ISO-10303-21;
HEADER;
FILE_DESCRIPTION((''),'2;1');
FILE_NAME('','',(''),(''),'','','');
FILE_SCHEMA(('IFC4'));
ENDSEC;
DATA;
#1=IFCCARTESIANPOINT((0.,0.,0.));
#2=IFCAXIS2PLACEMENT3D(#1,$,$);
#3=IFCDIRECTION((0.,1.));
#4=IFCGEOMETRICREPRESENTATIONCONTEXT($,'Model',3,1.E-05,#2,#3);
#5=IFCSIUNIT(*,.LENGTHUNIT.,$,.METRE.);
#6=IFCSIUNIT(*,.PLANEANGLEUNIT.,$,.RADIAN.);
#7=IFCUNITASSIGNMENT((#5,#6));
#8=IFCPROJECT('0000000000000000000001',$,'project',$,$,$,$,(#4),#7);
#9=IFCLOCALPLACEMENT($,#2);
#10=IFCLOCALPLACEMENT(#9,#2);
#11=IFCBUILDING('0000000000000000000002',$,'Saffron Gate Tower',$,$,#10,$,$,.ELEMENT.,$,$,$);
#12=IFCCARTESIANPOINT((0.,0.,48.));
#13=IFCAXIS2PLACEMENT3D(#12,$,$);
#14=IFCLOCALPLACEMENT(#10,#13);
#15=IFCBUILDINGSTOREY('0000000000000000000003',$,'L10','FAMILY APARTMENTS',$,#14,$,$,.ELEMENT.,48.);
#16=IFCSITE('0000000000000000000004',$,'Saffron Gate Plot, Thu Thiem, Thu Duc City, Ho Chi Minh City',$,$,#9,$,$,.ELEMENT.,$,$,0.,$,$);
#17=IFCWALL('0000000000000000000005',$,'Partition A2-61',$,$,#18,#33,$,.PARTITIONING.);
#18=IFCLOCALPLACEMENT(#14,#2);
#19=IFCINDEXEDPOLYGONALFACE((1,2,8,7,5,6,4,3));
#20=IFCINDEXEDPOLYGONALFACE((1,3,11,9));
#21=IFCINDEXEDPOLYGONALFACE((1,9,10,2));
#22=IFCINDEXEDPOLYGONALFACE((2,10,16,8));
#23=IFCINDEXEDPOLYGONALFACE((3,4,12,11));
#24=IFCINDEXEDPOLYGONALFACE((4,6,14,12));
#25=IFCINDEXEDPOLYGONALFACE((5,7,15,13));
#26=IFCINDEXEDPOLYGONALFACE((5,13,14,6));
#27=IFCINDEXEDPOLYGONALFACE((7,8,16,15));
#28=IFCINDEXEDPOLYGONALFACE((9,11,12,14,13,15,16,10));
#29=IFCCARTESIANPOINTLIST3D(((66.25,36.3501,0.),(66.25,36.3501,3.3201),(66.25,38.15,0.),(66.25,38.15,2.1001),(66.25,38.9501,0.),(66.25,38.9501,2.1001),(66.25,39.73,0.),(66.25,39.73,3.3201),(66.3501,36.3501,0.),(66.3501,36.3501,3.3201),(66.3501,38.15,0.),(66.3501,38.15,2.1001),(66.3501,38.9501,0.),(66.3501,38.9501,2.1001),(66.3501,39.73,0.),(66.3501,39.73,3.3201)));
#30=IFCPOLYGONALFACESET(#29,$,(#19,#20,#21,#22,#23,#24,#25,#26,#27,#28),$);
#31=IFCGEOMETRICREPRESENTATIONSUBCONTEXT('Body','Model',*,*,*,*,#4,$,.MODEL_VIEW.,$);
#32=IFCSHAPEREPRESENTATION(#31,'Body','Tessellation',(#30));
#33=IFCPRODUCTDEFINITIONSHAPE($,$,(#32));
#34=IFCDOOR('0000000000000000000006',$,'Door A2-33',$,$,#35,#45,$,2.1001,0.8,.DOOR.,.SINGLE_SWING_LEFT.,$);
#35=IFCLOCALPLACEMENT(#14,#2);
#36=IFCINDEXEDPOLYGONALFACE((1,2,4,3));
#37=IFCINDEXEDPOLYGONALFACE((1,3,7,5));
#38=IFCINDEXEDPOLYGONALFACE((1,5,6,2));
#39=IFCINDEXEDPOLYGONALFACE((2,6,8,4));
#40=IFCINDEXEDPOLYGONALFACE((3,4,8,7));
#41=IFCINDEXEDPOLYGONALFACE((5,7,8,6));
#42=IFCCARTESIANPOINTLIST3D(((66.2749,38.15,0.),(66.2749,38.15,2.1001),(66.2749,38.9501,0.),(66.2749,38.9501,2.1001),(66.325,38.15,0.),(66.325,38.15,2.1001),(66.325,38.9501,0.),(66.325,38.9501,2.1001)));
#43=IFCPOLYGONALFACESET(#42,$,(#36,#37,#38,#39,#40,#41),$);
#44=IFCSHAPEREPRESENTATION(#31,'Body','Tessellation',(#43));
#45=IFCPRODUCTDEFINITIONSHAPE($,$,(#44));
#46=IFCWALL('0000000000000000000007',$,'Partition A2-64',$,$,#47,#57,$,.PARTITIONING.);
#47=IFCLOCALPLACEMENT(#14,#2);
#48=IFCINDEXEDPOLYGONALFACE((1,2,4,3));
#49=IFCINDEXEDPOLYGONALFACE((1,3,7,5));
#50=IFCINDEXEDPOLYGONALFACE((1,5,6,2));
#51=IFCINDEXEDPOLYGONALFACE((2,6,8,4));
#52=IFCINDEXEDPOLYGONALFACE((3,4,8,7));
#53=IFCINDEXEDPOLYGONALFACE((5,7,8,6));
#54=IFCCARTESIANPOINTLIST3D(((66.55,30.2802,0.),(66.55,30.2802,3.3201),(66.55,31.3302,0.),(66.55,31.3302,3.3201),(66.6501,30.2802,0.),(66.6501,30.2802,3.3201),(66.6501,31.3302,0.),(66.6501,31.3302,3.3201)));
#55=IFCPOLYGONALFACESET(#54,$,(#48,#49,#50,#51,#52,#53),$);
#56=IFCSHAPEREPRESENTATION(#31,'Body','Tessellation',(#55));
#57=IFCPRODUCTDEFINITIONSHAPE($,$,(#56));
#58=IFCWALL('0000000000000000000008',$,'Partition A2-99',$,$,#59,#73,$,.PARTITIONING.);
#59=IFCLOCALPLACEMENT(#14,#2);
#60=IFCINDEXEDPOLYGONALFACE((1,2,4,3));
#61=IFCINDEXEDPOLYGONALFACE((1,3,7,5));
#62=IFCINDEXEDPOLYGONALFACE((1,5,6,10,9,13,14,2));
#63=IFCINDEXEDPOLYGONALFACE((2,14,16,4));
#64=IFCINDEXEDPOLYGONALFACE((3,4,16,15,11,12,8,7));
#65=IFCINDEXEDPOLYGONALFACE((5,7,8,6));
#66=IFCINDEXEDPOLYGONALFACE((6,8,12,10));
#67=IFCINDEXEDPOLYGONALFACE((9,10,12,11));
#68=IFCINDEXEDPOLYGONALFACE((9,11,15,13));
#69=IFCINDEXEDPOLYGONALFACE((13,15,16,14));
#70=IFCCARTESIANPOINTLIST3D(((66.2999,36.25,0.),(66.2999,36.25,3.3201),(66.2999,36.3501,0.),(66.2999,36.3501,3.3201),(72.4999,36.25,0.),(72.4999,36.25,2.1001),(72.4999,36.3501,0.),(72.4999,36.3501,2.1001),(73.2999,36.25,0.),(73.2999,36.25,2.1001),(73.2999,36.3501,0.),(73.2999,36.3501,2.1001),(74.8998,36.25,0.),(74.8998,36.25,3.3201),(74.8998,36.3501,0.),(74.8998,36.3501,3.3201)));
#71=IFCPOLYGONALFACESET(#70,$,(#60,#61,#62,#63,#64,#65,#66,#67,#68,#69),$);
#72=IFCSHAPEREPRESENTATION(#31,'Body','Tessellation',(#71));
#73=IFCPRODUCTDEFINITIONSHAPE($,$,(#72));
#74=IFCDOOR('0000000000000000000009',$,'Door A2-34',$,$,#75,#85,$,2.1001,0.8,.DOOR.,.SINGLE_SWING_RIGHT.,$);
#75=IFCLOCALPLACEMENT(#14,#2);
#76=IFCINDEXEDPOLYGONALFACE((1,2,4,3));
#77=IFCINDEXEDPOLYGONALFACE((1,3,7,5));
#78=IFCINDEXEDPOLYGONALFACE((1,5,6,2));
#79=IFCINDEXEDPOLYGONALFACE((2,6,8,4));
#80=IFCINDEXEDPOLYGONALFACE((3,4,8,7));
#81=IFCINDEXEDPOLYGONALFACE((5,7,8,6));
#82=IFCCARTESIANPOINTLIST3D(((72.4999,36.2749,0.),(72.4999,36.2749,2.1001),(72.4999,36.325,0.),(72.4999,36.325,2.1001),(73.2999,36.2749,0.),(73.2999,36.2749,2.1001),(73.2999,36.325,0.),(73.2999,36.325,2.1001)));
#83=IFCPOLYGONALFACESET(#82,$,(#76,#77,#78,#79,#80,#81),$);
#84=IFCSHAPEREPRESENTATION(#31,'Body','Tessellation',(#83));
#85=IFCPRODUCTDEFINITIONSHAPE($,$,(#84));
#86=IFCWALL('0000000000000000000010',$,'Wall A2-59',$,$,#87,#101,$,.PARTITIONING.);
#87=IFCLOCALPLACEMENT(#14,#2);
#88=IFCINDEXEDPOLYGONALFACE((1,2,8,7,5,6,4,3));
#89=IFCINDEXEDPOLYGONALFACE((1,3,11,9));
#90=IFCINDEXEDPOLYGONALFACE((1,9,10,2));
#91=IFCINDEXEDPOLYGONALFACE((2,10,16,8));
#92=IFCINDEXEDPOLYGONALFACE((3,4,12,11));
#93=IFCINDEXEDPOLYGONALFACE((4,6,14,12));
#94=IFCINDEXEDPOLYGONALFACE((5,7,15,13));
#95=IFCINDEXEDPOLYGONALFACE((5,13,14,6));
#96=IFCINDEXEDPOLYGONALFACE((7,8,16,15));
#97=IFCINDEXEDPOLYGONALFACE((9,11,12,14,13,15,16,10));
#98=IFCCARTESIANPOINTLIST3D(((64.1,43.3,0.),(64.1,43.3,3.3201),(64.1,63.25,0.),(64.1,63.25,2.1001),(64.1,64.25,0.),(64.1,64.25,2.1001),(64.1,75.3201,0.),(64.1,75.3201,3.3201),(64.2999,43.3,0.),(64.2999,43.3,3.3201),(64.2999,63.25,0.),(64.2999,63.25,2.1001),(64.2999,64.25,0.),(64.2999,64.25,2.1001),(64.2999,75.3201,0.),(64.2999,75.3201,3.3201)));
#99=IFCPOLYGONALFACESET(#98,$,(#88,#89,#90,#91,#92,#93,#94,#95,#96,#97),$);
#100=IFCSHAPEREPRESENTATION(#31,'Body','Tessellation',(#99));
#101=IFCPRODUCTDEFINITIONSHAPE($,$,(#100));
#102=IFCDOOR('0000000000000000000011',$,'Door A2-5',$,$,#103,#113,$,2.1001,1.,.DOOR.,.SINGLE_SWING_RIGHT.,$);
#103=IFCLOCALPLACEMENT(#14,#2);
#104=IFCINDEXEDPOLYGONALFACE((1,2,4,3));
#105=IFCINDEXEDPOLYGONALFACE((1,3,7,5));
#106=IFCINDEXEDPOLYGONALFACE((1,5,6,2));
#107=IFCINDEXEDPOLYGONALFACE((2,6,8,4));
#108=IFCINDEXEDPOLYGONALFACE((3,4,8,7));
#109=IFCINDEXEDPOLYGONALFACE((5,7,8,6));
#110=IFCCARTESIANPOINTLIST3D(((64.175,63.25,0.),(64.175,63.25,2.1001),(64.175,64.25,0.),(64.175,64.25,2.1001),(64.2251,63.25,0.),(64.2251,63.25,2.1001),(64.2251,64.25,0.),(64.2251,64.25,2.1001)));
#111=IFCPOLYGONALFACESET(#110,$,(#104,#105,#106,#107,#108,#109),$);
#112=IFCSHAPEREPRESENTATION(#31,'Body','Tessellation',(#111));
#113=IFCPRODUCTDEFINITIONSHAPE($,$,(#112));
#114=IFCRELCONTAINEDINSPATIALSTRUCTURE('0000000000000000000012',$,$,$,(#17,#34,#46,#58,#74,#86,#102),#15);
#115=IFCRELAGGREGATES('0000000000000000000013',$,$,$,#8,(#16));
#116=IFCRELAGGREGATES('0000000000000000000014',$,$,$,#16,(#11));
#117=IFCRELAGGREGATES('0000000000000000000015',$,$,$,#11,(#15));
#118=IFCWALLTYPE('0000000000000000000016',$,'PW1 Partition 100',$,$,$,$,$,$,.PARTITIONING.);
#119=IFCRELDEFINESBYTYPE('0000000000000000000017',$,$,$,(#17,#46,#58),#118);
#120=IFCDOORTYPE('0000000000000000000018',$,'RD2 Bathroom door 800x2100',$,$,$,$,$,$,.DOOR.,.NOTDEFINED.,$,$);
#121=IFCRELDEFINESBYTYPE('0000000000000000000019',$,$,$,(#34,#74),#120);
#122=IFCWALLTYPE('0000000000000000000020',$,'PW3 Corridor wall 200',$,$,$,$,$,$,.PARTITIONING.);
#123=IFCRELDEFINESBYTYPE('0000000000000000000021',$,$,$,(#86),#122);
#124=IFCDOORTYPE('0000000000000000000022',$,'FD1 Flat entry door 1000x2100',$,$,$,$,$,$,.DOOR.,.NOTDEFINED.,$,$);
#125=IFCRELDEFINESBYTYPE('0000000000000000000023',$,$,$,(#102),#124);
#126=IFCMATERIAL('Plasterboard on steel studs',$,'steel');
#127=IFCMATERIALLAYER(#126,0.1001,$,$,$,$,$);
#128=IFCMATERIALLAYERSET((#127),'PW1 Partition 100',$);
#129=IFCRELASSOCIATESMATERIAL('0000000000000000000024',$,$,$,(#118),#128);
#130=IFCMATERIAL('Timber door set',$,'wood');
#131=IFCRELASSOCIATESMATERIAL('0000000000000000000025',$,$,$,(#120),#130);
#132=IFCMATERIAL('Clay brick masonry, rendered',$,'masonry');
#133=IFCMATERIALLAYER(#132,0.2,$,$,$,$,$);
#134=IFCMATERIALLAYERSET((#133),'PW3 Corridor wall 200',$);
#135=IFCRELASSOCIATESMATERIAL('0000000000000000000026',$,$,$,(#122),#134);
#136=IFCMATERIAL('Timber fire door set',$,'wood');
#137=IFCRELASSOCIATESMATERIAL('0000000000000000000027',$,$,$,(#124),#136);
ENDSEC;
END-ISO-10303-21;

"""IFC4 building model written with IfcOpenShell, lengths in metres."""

from ifc_helpers import new_model, si_unit, direction, frame, frame_2d, origin, place, context, subcontext, project, spatial, rectangle, extrude, material, layer, layer_set, type_object, element, fill, save


model = new_model("IFC4")

# Units and contexts
model_context = context("Model", 3, precision=1e-05, world=origin(), true_north=direction((0.0, 1.0)))
body_context = subcontext(model_context, "Body", "Model", "MODEL_VIEW")
ifc_project = project(units=[si_unit("LENGTHUNIT", "METRE"), si_unit("PLANEANGLEUNIT", "RADIAN")], contexts=[model_context])

# Site, building, storey
site_placement = place(None, origin())
site = spatial("IfcSite", under=ifc_project, at=site_placement, Name="Saffron Gate Plot, Thu Thiem, Thu Duc City, Ho Chi Minh City", CompositionType="ELEMENT", RefElevation=0.0)
building_placement = place(site_placement, origin())
building = spatial("IfcBuilding", under=site, at=building_placement, Name="Saffron Gate Tower", CompositionType="ELEMENT")
storey_placement = place(building_placement, frame((0.0, 0.0, 48.0)))
storey = spatial("IfcBuildingStorey", under=building, at=storey_placement, Name="L10", Description="FAMILY APARTMENTS", CompositionType="ELEMENT", Elevation=48.0)

# Shared definitions
ifc_material_1 = material(Name="Plasterboard on steel studs", Category="steel")
ifc_layer_1 = layer(ifc_material_1, 0.1001)
ifc_layer_set_1 = layer_set([ifc_layer_1], Name="PW1 Partition 100")
wall_type_1 = type_object("IfcWallType", Name="PW1 Partition 100", PredefinedType="PARTITIONING", material=ifc_layer_set_1)

# Wall, opening, door
ifc_material_2 = material(Name="Timber door set", Category="wood")
wall_1_placement = place(storey_placement, frame((66.3, 39.73, 0.0), z_axis=(0.0, 0.0, 1.0), x_axis=(0.0, -1.0, 0.0)))
wall_1 = element("IfcWall", 1, at=wall_1_placement, inside=storey, type_object=wall_type_1, Name="Partition A2-61", PredefinedType="PARTITIONING", context=body_context, shape_type="SweptSolid", body=[
    extrude(rectangle(XDim=3.3799, YDim=0.1001, at=frame_2d((1.6899, 0.0))), origin(), (0.0, 0.0, 1.0), 3.3201),
])
opening_1_placement = place(wall_1_placement, frame((0.78, 0.0, 0.0)))
opening_1 = element("IfcOpeningElement", 2, at=opening_1_placement, cuts=wall_1, PredefinedType="OPENING", context=body_context, shape_type="SweptSolid", body=[
    extrude(rectangle(XDim=0.8, YDim=2.1001, at=frame_2d((0.3999, 1.05))), frame((0.0, 0.0601, 0.0), z_axis=(0.0, -1.0, 0.0), x_axis=(1.0, 0.0, 0.0)), (0.0, 0.0, 1.0), 0.1201),
])
door_type_1 = type_object("IfcDoorType", Name="RD2 Bathroom door 800x2100", OperationType="NOTDEFINED", PredefinedType="DOOR", material=ifc_material_2)
door_1_placement = place(opening_1_placement, origin())
door_1 = element("IfcDoor", 3, at=door_1_placement, inside=storey, type_object=door_type_1, Name="Door A2-33", OperationType="SINGLE_SWING_LEFT", OverallHeight=2.1001, OverallWidth=0.8, PredefinedType="DOOR", context=body_context, shape_type="SweptSolid", body=[
    extrude(rectangle(XDim=0.8, YDim=2.1001, at=frame_2d((0.3999, 1.05))), frame((0.0, 0.0249, 0.0), z_axis=(0.0, -1.0, 0.0), x_axis=(1.0, 0.0, 0.0)), (0.0, 0.0, 1.0), 0.05),
])
fill(opening_1, door_1)

# Wall
wall_2_placement = place(storey_placement, frame((66.6001, 31.3301, 0.0), z_axis=(0.0, 0.0, 1.0), x_axis=(0.0, -1.0, 0.0)))
element("IfcWall", 4, at=wall_2_placement, inside=storey, type_object=wall_type_1, Name="Partition A2-64", PredefinedType="PARTITIONING", context=body_context, shape_type="SweptSolid", body=[
    extrude(rectangle(XDim=1.05, YDim=0.1001, at=frame_2d((0.5249, 0.0))), origin(), (0.0, 0.0, 1.0), 3.3201),
])

# Walls, openings, doors
wall_3_placement = place(storey_placement, frame((66.3, 36.3, 0.0), z_axis=(0.0, 0.0, 1.0), x_axis=(1.0, 0.0, 0.0)))
wall_3 = element("IfcWall", 5, at=wall_3_placement, inside=storey, type_object=wall_type_1, Name="Partition A2-99", PredefinedType="PARTITIONING", context=body_context, shape_type="SweptSolid", body=[
    extrude(rectangle(XDim=8.5999, YDim=0.1001, at=frame_2d((4.2998, 0.0))), origin(), (0.0, 0.0, 1.0), 3.3201),
])
opening_2_placement = place(wall_3_placement, frame((6.2, 0.0, 0.0)))
opening_2 = element("IfcOpeningElement", 6, at=opening_2_placement, cuts=wall_3, PredefinedType="OPENING", context=body_context, shape_type="SweptSolid", body=[
    extrude(rectangle(XDim=0.8, YDim=2.1001, at=frame_2d((0.3999, 1.05))), frame((0.0, 0.0601, 0.0), z_axis=(0.0, -1.0, 0.0), x_axis=(1.0, 0.0, 0.0)), (0.0, 0.0, 1.0), 0.1201),
])
door_2_placement = place(opening_2_placement, origin())
door_2 = element("IfcDoor", 7, at=door_2_placement, inside=storey, type_object=door_type_1, Name="Door A2-34", OperationType="SINGLE_SWING_RIGHT", OverallHeight=2.1001, OverallWidth=0.8, PredefinedType="DOOR", context=body_context, shape_type="SweptSolid", body=[
    extrude(rectangle(XDim=0.8, YDim=2.1001, at=frame_2d((0.3999, 1.05))), frame((0.0, 0.0249, 0.0), z_axis=(0.0, -1.0, 0.0), x_axis=(1.0, 0.0, 0.0)), (0.0, 0.0, 1.0), 0.05),
])
fill(opening_2, door_2)
ifc_material_3 = material(Name="Clay brick masonry, rendered", Category="masonry")
ifc_layer_2 = layer(ifc_material_3, 0.2)
ifc_layer_set_2 = layer_set([ifc_layer_2], Name="PW3 Corridor wall 200")
wall_type_2 = type_object("IfcWallType", Name="PW3 Corridor wall 200", PredefinedType="PARTITIONING", material=ifc_layer_set_2)
wall_4_placement = place(storey_placement, frame((64.2, 43.3, 0.0), z_axis=(0.0, 0.0, 1.0), x_axis=(0.0, 1.0, 0.0)))
wall_4 = element("IfcWall", 8, at=wall_4_placement, inside=storey, type_object=wall_type_2, Name="Wall A2-59", PredefinedType="PARTITIONING", context=body_context, shape_type="SweptSolid", body=[
    extrude(rectangle(XDim=32.02, YDim=0.2, at=frame_2d((16.01, 0.0))), origin(), (0.0, 0.0, 1.0), 3.3201),
])
opening_3_placement = place(wall_4_placement, frame((19.95, 0.0, 0.0)))
opening_3 = element("IfcOpeningElement", 9, at=opening_3_placement, cuts=wall_4, PredefinedType="OPENING", context=body_context, shape_type="SweptSolid", body=[
    extrude(rectangle(XDim=1.0, YDim=2.1001, at=frame_2d((0.5, 1.05))), frame((0.0, 0.1099, 0.0), z_axis=(0.0, -1.0, 0.0), x_axis=(1.0, 0.0, 0.0)), (0.0, 0.0, 1.0), 0.22),
])
ifc_material_4 = material(Name="Timber fire door set", Category="wood")
door_type_2 = type_object("IfcDoorType", Name="FD1 Flat entry door 1000x2100", OperationType="NOTDEFINED", PredefinedType="DOOR", material=ifc_material_4)
door_3_placement = place(opening_3_placement, origin())
door_3 = element("IfcDoor", 10, at=door_3_placement, inside=storey, type_object=door_type_2, Name="Door A2-5", OperationType="SINGLE_SWING_RIGHT", OverallHeight=2.1001, OverallWidth=1.0, PredefinedType="DOOR", context=body_context, shape_type="SweptSolid", body=[
    extrude(rectangle(XDim=1.0, YDim=2.1001, at=frame_2d((0.5, 1.05))), frame((0.0, 0.0249, 0.0), z_axis=(0.0, -1.0, 0.0), x_axis=(1.0, 0.0, 0.0)), (0.0, 0.0, 1.0), 0.05),
])
fill(opening_3, door_3)

save(model, "model.ifc")
